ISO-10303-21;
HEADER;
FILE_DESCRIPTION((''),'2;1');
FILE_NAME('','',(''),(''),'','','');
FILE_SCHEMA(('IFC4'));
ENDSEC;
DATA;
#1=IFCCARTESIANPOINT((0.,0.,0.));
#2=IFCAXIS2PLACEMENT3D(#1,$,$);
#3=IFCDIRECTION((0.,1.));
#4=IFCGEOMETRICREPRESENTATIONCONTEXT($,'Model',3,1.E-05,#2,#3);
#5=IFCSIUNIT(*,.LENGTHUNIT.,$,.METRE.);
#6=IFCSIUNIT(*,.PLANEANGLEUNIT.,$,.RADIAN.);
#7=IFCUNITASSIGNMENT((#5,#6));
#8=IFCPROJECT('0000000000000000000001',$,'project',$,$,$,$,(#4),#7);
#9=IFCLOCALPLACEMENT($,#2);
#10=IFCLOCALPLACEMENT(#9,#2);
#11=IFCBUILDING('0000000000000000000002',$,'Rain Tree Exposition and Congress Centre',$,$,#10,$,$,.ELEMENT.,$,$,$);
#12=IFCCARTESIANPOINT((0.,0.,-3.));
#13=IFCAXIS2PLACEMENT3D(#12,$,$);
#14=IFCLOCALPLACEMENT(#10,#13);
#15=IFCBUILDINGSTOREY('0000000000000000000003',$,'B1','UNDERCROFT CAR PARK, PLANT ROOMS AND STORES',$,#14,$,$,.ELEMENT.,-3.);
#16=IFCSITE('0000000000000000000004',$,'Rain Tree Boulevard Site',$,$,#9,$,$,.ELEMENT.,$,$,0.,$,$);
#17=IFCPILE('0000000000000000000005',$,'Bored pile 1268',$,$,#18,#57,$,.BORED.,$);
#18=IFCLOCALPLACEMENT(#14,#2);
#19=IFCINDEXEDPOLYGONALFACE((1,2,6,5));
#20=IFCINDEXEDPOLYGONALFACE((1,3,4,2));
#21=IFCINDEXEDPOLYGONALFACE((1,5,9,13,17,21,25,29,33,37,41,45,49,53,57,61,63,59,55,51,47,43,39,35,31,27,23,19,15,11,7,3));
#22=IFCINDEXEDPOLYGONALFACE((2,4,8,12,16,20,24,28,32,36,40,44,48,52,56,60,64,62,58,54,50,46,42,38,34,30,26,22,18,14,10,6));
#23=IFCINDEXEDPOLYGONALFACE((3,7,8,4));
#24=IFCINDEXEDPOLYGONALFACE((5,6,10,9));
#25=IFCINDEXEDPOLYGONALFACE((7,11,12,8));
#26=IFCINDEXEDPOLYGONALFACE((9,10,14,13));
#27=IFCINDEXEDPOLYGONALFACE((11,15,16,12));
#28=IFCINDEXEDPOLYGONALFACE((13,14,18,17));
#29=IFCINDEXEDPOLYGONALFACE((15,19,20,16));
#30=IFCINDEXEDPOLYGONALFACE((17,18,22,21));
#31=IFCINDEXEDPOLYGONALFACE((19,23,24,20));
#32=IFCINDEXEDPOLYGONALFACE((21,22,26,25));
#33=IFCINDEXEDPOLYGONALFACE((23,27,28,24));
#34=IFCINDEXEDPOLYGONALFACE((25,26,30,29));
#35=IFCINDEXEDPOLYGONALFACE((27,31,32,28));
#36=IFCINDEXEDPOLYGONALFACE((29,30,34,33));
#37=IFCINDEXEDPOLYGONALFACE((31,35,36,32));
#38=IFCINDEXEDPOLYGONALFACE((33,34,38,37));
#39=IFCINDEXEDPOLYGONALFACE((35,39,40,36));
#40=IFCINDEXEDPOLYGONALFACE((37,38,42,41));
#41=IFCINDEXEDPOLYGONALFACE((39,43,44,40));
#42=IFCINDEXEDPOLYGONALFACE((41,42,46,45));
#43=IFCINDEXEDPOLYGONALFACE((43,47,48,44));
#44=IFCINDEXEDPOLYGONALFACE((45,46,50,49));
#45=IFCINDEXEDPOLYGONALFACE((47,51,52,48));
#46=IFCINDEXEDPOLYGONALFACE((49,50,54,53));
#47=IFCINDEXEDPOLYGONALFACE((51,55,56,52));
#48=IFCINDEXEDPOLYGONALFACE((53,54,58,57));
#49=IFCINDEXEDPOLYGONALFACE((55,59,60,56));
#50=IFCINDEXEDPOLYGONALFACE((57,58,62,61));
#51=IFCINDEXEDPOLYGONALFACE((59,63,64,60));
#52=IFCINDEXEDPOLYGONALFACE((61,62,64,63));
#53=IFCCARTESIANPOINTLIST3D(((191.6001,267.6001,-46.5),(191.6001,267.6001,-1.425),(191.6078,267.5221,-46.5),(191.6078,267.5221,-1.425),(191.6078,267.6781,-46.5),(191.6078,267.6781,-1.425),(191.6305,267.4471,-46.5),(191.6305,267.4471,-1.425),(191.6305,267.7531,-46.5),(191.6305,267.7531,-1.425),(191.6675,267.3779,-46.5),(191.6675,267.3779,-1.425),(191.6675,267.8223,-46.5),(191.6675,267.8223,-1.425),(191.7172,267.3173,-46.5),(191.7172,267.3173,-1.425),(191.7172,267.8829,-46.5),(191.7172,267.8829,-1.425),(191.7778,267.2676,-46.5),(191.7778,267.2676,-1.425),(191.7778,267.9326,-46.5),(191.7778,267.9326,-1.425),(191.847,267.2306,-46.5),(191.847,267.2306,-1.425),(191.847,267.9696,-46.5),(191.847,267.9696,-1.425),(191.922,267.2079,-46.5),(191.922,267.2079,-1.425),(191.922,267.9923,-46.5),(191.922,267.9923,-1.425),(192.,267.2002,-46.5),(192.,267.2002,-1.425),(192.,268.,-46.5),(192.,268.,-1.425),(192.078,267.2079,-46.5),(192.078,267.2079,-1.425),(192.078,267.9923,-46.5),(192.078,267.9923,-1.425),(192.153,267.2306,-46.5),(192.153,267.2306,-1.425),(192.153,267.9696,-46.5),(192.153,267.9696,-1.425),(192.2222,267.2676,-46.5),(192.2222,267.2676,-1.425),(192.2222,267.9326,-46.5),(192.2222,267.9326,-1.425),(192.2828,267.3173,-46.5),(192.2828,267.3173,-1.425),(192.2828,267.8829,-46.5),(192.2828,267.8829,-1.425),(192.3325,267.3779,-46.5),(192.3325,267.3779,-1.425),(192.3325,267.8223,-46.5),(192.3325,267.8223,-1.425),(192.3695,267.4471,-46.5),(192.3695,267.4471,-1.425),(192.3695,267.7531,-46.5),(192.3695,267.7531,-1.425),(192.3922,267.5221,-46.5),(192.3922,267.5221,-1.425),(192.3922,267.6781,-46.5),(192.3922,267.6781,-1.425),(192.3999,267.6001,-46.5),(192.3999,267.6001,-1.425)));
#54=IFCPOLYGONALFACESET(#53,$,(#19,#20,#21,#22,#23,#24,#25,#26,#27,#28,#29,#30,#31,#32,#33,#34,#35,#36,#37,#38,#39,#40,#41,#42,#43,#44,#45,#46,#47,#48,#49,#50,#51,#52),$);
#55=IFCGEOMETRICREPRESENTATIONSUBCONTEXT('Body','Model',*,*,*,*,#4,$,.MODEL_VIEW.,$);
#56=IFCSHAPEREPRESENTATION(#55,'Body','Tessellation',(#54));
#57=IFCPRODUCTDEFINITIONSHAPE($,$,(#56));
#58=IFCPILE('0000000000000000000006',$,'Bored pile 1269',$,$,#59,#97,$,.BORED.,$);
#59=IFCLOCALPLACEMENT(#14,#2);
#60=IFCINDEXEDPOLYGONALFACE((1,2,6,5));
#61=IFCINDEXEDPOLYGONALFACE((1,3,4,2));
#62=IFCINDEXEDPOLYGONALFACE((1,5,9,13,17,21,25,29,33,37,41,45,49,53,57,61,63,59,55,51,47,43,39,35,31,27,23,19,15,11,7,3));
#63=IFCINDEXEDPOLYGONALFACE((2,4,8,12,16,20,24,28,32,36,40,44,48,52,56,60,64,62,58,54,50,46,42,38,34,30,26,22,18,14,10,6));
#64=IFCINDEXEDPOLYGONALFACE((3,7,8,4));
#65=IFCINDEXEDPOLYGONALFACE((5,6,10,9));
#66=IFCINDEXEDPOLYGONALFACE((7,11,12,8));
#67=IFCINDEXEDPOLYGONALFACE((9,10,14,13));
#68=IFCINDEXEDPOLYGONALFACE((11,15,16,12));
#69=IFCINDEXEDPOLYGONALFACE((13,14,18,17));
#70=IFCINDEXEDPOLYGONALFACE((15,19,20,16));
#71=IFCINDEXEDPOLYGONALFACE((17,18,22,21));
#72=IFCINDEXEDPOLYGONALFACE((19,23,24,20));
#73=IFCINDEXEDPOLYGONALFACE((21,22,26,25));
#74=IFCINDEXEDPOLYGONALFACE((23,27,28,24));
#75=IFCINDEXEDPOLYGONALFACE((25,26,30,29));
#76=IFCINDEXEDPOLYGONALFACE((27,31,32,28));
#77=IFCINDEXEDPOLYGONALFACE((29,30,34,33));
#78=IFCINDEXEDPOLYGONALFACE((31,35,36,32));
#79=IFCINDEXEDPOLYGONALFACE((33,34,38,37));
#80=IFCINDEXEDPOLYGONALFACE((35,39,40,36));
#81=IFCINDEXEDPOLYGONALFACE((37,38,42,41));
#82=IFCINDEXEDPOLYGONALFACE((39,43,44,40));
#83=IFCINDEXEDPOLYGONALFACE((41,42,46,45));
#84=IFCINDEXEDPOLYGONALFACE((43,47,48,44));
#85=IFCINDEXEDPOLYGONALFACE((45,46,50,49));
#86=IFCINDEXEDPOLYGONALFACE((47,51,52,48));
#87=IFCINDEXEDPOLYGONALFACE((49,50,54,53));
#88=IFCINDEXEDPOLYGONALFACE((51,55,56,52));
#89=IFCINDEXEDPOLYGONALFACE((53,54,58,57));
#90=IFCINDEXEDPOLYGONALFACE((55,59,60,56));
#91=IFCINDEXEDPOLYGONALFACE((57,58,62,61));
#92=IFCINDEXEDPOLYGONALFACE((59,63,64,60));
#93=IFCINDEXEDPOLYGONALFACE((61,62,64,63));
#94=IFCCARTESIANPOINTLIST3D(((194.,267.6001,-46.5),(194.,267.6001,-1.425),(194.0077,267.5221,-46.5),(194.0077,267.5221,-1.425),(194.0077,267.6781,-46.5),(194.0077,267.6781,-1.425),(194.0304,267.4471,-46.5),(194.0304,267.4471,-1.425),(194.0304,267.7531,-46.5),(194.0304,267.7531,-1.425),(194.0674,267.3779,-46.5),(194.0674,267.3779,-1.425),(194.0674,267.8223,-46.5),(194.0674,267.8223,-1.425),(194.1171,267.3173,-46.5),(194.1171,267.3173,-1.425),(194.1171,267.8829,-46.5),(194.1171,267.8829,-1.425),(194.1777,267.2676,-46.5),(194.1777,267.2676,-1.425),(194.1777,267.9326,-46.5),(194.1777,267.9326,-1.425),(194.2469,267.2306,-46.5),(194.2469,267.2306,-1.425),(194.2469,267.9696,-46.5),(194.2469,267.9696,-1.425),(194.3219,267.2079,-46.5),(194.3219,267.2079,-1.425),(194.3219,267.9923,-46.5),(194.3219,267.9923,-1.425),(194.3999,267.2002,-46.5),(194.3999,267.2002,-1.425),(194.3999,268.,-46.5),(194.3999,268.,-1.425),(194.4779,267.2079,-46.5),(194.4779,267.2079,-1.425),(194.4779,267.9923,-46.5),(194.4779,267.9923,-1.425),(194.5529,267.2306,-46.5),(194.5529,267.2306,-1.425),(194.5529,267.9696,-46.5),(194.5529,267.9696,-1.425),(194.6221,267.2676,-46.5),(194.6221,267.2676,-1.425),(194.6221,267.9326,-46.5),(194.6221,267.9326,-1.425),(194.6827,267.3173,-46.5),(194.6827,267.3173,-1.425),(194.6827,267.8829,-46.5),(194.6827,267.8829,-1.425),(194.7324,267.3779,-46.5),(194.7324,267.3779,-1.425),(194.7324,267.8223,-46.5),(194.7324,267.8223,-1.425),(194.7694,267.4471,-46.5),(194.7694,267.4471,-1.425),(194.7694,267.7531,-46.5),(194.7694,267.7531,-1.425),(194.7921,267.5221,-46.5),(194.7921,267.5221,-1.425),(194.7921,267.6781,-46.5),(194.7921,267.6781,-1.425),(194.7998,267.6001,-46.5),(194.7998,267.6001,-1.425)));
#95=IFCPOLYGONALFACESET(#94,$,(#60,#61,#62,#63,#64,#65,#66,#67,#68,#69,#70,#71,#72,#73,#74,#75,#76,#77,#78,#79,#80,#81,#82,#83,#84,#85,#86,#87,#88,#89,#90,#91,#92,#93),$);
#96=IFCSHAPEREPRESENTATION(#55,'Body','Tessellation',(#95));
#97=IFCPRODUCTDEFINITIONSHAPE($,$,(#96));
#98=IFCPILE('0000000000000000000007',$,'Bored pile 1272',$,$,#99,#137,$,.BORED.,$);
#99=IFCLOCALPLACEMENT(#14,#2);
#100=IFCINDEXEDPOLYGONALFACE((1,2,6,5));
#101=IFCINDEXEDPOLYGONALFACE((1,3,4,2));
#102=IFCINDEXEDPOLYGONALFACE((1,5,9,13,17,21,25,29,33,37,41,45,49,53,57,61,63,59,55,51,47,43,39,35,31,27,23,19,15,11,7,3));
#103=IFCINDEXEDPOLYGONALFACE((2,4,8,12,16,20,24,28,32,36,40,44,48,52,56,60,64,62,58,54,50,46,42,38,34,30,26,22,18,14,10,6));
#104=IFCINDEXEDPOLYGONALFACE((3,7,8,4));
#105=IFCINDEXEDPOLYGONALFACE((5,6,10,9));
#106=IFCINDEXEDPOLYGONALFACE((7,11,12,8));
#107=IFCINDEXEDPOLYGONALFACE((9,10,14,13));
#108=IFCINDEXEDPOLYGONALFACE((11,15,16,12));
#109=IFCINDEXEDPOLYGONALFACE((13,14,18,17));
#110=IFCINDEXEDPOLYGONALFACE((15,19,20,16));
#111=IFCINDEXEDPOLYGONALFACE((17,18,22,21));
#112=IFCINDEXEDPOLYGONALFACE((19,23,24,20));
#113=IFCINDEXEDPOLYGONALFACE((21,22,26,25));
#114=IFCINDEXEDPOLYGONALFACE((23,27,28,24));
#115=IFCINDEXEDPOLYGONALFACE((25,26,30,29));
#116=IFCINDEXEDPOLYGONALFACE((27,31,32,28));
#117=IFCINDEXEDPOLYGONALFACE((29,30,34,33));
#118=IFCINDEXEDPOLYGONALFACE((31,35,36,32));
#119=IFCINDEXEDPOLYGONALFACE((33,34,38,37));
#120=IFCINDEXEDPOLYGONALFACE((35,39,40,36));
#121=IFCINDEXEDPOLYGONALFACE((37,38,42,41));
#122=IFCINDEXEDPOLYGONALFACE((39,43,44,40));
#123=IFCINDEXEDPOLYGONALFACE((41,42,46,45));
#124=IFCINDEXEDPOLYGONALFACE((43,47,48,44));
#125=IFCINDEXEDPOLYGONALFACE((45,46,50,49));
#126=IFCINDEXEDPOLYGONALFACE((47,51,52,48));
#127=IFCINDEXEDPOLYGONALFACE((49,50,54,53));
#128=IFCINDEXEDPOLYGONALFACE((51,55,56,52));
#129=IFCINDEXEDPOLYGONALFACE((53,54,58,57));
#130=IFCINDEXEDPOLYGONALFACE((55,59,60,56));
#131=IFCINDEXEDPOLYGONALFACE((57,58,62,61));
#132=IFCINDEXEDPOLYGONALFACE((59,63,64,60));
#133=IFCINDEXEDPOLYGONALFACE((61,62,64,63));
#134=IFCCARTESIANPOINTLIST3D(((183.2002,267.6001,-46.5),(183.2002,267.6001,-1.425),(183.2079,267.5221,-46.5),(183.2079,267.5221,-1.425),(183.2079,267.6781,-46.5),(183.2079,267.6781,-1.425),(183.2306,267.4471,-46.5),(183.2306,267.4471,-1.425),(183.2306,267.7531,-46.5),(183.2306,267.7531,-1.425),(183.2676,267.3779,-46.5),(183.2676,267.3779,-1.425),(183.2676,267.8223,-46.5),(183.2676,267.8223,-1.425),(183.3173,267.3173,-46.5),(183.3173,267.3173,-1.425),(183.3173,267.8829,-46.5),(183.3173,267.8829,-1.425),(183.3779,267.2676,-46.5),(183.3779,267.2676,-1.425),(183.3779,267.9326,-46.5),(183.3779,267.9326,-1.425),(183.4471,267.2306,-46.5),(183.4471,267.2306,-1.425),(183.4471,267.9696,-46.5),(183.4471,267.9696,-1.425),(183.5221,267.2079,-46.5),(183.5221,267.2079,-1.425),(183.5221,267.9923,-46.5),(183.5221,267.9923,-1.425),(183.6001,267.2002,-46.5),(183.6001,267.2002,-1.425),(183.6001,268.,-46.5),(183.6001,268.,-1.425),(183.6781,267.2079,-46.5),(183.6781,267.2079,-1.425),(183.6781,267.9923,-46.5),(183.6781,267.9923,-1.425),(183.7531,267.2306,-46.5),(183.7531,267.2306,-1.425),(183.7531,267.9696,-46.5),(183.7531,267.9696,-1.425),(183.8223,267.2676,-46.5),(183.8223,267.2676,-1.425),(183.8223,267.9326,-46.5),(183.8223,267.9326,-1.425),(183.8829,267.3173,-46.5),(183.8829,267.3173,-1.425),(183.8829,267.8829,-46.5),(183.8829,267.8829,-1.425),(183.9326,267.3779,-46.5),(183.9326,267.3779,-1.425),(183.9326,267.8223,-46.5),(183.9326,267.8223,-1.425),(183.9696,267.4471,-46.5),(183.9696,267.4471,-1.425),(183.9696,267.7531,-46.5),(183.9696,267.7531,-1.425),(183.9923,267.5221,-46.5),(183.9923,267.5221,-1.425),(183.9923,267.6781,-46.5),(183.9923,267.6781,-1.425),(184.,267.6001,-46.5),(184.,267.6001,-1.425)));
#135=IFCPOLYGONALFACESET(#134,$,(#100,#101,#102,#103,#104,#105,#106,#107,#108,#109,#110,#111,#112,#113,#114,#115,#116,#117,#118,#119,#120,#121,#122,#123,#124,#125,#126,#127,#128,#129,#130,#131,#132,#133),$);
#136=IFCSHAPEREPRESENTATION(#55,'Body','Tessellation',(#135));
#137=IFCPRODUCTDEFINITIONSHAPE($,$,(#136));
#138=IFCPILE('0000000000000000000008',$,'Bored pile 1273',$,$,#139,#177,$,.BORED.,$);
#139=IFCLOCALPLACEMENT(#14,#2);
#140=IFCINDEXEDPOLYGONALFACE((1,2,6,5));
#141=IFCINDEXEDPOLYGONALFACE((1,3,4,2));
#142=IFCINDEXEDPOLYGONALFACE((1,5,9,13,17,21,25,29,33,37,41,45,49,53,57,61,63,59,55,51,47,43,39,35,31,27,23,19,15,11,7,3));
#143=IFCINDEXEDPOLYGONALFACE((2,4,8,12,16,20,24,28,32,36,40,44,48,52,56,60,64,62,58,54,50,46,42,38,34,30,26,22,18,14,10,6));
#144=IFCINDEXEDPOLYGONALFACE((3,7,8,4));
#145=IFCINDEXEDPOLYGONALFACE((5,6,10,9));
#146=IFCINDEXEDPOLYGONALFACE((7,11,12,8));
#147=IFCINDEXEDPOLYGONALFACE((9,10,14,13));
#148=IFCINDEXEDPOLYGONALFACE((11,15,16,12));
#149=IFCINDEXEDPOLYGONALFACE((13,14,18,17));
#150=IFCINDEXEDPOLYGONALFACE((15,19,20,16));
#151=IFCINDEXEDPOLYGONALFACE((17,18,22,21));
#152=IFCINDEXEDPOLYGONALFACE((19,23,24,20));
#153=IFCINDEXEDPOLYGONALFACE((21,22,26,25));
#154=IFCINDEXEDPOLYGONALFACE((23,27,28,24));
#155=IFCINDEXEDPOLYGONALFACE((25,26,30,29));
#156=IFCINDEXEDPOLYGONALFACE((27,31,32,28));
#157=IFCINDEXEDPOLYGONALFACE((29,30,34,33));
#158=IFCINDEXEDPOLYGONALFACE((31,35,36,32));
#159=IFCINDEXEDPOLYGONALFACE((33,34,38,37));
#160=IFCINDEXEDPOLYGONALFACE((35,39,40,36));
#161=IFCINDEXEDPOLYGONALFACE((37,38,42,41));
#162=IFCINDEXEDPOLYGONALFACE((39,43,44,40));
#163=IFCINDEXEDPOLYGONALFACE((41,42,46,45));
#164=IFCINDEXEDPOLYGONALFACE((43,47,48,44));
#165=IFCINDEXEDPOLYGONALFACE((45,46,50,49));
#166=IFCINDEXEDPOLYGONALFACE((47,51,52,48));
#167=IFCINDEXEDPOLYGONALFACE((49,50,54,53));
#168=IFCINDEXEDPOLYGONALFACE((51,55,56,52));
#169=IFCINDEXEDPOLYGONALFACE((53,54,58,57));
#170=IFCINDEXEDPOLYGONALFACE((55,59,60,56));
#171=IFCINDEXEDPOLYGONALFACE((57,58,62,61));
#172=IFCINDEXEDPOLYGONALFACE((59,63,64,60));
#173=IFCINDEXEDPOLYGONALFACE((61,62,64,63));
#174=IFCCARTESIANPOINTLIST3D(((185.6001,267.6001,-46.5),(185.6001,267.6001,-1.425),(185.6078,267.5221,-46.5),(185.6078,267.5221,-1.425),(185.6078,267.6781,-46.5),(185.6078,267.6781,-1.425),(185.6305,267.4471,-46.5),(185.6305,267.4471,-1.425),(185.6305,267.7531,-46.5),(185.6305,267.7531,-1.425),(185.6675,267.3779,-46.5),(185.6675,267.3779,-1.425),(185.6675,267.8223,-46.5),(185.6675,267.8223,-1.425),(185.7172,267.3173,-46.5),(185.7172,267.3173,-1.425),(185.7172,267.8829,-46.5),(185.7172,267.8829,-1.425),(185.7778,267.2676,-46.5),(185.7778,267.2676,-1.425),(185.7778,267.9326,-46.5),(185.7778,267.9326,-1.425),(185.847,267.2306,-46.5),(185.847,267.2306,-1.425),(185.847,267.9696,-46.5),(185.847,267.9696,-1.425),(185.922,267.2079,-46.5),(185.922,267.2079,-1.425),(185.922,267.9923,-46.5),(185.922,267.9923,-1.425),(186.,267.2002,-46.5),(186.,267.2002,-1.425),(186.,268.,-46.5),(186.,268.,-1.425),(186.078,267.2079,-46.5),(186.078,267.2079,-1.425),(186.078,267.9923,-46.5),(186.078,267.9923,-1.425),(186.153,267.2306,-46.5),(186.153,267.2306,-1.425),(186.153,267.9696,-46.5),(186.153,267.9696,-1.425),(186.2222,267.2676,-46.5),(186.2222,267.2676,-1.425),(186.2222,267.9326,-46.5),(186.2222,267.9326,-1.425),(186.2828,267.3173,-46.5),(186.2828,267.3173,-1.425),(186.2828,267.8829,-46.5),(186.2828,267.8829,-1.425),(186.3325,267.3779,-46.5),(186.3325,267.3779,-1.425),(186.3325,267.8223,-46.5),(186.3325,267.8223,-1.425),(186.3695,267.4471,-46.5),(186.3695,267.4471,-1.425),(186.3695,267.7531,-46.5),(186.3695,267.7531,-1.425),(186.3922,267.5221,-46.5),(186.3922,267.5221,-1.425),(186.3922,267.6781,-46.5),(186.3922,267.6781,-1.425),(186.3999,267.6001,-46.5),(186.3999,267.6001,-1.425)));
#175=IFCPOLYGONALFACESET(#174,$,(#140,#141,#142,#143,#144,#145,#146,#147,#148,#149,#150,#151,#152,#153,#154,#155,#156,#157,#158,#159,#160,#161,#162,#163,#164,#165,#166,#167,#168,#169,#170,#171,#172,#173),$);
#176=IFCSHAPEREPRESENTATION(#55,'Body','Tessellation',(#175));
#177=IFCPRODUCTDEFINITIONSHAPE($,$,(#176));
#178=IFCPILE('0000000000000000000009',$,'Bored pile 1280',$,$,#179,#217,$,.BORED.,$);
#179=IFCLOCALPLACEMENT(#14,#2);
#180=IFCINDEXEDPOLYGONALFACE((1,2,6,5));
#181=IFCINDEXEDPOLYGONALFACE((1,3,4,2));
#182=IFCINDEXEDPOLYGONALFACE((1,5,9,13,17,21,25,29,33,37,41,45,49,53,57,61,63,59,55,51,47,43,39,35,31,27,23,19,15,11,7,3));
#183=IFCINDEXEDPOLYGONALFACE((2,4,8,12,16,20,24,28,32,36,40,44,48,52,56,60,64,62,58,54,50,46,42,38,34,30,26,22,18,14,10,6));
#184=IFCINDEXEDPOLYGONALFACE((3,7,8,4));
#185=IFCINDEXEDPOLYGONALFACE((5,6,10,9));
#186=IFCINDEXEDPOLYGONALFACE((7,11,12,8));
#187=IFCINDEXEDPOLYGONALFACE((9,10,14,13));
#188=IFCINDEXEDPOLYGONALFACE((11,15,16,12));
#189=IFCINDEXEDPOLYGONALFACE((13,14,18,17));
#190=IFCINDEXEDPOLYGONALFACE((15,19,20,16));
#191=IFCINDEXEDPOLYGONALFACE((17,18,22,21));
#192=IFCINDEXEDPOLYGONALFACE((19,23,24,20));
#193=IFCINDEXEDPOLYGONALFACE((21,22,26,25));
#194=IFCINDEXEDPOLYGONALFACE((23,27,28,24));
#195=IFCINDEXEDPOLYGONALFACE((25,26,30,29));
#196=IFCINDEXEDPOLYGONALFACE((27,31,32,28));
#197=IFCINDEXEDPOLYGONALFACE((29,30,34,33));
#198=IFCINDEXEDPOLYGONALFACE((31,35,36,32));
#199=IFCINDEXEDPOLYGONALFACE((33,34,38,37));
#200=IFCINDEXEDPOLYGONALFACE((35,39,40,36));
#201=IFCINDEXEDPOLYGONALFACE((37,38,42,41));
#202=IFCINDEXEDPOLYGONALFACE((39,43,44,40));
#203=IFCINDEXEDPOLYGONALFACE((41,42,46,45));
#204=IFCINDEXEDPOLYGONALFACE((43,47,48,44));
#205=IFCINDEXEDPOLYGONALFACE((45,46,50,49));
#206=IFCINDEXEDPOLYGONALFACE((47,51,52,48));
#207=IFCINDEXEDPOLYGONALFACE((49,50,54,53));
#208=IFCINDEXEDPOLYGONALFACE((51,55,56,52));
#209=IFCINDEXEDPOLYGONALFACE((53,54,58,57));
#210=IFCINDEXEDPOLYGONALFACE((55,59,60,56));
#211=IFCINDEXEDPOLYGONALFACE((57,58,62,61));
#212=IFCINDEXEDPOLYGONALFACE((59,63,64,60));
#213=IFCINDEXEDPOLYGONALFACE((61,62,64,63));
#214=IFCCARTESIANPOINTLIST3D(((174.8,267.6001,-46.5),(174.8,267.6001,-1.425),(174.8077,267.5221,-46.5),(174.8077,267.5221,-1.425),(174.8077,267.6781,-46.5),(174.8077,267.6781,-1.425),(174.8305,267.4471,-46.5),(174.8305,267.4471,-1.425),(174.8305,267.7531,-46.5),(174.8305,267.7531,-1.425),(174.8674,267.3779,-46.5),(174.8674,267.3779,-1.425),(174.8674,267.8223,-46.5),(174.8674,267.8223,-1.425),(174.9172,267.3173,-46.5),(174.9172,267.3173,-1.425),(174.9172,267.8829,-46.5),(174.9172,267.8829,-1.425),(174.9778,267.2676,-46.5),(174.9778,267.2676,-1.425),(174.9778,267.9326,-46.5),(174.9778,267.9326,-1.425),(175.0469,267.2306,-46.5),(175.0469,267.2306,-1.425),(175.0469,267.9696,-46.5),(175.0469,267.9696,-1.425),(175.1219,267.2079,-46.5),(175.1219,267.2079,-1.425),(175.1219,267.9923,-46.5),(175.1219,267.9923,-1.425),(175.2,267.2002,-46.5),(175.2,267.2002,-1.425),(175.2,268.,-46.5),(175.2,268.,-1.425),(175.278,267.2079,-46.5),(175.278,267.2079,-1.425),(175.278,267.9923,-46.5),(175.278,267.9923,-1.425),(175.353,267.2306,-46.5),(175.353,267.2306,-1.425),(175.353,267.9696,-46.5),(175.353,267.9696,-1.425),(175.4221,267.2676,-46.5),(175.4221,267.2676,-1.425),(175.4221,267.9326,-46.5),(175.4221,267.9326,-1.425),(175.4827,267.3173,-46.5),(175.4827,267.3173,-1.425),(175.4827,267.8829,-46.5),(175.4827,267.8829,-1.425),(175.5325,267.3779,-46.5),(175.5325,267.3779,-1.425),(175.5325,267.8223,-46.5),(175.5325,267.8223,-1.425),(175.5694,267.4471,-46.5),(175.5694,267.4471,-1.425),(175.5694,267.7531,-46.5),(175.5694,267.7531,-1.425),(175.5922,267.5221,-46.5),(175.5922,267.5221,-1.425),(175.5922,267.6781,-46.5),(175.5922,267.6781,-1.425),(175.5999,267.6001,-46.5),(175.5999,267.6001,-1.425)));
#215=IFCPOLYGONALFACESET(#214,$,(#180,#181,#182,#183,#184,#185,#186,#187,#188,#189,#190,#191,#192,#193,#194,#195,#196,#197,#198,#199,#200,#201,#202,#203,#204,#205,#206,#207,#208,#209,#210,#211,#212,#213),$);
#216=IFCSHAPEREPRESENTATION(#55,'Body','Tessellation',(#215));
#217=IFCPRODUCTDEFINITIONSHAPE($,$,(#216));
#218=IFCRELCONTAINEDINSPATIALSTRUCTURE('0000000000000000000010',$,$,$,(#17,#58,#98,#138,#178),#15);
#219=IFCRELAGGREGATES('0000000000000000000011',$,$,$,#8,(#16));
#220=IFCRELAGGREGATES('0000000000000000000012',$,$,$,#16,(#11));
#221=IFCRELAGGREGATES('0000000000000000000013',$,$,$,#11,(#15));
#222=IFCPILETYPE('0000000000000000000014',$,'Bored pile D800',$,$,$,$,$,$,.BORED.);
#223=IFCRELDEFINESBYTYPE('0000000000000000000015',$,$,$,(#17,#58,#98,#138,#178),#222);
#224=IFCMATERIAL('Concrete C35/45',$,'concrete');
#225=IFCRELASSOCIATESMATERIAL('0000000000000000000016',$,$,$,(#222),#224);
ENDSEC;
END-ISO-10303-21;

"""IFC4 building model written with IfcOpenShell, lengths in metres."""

from ifc_helpers import new_model, si_unit, direction, frame, origin, origin_2d, place, context, subcontext, project, spatial, circle, extrude, material, material_profile, profile_set, type_object, element, save


model = new_model("IFC4")

# Units and contexts
model_context = context("Model", 3, precision=1e-05, world=origin(), true_north=direction((0.0, 1.0)))
body_context = subcontext(model_context, "Body", "Model", "MODEL_VIEW")
ifc_project = project(units=[si_unit("LENGTHUNIT", "METRE"), si_unit("PLANEANGLEUNIT", "RADIAN")], contexts=[model_context])

# Site, building, storey
site_placement = place(None, origin())
site = spatial("IfcSite", under=ifc_project, at=site_placement, Name="Rain Tree Boulevard Site", CompositionType="ELEMENT", RefElevation=0.0)
building_placement = place(site_placement, origin())
building = spatial("IfcBuilding", under=site, at=building_placement, Name="Rain Tree Exposition and Congress Centre", CompositionType="ELEMENT")
storey_placement = place(building_placement, frame((0.0, 0.0, -3.0)))
storey = spatial("IfcBuildingStorey", under=building, at=storey_placement, Name="B1", Description="UNDERCROFT CAR PARK, PLANT ROOMS AND STORES", CompositionType="ELEMENT", Elevation=-3.0)

# Piles
ifc_material_1 = material(Name="Concrete C35/45", Category="concrete")
ifc_material_profile_1 = material_profile(ifc_material_1, circle(Radius=0.3999, at=origin_2d()), Name="D800")
ifc_profile_set_1 = profile_set([ifc_material_profile_1], Name="Concrete C35/45")
pile_type_1 = type_object("IfcPileType", Name="Bored pile D800", PredefinedType="BORED", material=ifc_profile_set_1)
for number, where, z_axis, x_axis, name in (
    (1, (192.0, 267.6001, -1.425), (0.0, 0.0, -1.0), (1.0, 0.0, 0.0), "Bored pile 1268"),
    (2, (194.3999, 267.6001, -1.425), (0.0, 0.0, -1.0), (1.0, 0.0, 0.0), "Bored pile 1269"),
    (3, (183.6001, 267.6001, -1.425), (0.0, 0.0, -1.0), (1.0, 0.0, 0.0), "Bored pile 1272"),
    (4, (186.0, 267.6001, -1.425), (0.0, 0.0, -1.0), (1.0, 0.0, 0.0), "Bored pile 1273"),
    (5, (175.2, 267.6001, -1.425), (0.0, 0.0, -1.0), (1.0, 0.0, 0.0), "Bored pile 1280"),
):
    element("IfcPile", number, at=place(storey_placement, frame(where, z_axis=z_axis, x_axis=x_axis)), inside=storey, type_object=pile_type_1, Name=name, PredefinedType="BORED", context=body_context, shape_type="SweptSolid", body=[
        extrude(circle(Radius=0.3999, at=origin_2d()), origin(), (0.0, 0.0, 1.0), 45.075),
    ])

save(model, "model.ifc")
